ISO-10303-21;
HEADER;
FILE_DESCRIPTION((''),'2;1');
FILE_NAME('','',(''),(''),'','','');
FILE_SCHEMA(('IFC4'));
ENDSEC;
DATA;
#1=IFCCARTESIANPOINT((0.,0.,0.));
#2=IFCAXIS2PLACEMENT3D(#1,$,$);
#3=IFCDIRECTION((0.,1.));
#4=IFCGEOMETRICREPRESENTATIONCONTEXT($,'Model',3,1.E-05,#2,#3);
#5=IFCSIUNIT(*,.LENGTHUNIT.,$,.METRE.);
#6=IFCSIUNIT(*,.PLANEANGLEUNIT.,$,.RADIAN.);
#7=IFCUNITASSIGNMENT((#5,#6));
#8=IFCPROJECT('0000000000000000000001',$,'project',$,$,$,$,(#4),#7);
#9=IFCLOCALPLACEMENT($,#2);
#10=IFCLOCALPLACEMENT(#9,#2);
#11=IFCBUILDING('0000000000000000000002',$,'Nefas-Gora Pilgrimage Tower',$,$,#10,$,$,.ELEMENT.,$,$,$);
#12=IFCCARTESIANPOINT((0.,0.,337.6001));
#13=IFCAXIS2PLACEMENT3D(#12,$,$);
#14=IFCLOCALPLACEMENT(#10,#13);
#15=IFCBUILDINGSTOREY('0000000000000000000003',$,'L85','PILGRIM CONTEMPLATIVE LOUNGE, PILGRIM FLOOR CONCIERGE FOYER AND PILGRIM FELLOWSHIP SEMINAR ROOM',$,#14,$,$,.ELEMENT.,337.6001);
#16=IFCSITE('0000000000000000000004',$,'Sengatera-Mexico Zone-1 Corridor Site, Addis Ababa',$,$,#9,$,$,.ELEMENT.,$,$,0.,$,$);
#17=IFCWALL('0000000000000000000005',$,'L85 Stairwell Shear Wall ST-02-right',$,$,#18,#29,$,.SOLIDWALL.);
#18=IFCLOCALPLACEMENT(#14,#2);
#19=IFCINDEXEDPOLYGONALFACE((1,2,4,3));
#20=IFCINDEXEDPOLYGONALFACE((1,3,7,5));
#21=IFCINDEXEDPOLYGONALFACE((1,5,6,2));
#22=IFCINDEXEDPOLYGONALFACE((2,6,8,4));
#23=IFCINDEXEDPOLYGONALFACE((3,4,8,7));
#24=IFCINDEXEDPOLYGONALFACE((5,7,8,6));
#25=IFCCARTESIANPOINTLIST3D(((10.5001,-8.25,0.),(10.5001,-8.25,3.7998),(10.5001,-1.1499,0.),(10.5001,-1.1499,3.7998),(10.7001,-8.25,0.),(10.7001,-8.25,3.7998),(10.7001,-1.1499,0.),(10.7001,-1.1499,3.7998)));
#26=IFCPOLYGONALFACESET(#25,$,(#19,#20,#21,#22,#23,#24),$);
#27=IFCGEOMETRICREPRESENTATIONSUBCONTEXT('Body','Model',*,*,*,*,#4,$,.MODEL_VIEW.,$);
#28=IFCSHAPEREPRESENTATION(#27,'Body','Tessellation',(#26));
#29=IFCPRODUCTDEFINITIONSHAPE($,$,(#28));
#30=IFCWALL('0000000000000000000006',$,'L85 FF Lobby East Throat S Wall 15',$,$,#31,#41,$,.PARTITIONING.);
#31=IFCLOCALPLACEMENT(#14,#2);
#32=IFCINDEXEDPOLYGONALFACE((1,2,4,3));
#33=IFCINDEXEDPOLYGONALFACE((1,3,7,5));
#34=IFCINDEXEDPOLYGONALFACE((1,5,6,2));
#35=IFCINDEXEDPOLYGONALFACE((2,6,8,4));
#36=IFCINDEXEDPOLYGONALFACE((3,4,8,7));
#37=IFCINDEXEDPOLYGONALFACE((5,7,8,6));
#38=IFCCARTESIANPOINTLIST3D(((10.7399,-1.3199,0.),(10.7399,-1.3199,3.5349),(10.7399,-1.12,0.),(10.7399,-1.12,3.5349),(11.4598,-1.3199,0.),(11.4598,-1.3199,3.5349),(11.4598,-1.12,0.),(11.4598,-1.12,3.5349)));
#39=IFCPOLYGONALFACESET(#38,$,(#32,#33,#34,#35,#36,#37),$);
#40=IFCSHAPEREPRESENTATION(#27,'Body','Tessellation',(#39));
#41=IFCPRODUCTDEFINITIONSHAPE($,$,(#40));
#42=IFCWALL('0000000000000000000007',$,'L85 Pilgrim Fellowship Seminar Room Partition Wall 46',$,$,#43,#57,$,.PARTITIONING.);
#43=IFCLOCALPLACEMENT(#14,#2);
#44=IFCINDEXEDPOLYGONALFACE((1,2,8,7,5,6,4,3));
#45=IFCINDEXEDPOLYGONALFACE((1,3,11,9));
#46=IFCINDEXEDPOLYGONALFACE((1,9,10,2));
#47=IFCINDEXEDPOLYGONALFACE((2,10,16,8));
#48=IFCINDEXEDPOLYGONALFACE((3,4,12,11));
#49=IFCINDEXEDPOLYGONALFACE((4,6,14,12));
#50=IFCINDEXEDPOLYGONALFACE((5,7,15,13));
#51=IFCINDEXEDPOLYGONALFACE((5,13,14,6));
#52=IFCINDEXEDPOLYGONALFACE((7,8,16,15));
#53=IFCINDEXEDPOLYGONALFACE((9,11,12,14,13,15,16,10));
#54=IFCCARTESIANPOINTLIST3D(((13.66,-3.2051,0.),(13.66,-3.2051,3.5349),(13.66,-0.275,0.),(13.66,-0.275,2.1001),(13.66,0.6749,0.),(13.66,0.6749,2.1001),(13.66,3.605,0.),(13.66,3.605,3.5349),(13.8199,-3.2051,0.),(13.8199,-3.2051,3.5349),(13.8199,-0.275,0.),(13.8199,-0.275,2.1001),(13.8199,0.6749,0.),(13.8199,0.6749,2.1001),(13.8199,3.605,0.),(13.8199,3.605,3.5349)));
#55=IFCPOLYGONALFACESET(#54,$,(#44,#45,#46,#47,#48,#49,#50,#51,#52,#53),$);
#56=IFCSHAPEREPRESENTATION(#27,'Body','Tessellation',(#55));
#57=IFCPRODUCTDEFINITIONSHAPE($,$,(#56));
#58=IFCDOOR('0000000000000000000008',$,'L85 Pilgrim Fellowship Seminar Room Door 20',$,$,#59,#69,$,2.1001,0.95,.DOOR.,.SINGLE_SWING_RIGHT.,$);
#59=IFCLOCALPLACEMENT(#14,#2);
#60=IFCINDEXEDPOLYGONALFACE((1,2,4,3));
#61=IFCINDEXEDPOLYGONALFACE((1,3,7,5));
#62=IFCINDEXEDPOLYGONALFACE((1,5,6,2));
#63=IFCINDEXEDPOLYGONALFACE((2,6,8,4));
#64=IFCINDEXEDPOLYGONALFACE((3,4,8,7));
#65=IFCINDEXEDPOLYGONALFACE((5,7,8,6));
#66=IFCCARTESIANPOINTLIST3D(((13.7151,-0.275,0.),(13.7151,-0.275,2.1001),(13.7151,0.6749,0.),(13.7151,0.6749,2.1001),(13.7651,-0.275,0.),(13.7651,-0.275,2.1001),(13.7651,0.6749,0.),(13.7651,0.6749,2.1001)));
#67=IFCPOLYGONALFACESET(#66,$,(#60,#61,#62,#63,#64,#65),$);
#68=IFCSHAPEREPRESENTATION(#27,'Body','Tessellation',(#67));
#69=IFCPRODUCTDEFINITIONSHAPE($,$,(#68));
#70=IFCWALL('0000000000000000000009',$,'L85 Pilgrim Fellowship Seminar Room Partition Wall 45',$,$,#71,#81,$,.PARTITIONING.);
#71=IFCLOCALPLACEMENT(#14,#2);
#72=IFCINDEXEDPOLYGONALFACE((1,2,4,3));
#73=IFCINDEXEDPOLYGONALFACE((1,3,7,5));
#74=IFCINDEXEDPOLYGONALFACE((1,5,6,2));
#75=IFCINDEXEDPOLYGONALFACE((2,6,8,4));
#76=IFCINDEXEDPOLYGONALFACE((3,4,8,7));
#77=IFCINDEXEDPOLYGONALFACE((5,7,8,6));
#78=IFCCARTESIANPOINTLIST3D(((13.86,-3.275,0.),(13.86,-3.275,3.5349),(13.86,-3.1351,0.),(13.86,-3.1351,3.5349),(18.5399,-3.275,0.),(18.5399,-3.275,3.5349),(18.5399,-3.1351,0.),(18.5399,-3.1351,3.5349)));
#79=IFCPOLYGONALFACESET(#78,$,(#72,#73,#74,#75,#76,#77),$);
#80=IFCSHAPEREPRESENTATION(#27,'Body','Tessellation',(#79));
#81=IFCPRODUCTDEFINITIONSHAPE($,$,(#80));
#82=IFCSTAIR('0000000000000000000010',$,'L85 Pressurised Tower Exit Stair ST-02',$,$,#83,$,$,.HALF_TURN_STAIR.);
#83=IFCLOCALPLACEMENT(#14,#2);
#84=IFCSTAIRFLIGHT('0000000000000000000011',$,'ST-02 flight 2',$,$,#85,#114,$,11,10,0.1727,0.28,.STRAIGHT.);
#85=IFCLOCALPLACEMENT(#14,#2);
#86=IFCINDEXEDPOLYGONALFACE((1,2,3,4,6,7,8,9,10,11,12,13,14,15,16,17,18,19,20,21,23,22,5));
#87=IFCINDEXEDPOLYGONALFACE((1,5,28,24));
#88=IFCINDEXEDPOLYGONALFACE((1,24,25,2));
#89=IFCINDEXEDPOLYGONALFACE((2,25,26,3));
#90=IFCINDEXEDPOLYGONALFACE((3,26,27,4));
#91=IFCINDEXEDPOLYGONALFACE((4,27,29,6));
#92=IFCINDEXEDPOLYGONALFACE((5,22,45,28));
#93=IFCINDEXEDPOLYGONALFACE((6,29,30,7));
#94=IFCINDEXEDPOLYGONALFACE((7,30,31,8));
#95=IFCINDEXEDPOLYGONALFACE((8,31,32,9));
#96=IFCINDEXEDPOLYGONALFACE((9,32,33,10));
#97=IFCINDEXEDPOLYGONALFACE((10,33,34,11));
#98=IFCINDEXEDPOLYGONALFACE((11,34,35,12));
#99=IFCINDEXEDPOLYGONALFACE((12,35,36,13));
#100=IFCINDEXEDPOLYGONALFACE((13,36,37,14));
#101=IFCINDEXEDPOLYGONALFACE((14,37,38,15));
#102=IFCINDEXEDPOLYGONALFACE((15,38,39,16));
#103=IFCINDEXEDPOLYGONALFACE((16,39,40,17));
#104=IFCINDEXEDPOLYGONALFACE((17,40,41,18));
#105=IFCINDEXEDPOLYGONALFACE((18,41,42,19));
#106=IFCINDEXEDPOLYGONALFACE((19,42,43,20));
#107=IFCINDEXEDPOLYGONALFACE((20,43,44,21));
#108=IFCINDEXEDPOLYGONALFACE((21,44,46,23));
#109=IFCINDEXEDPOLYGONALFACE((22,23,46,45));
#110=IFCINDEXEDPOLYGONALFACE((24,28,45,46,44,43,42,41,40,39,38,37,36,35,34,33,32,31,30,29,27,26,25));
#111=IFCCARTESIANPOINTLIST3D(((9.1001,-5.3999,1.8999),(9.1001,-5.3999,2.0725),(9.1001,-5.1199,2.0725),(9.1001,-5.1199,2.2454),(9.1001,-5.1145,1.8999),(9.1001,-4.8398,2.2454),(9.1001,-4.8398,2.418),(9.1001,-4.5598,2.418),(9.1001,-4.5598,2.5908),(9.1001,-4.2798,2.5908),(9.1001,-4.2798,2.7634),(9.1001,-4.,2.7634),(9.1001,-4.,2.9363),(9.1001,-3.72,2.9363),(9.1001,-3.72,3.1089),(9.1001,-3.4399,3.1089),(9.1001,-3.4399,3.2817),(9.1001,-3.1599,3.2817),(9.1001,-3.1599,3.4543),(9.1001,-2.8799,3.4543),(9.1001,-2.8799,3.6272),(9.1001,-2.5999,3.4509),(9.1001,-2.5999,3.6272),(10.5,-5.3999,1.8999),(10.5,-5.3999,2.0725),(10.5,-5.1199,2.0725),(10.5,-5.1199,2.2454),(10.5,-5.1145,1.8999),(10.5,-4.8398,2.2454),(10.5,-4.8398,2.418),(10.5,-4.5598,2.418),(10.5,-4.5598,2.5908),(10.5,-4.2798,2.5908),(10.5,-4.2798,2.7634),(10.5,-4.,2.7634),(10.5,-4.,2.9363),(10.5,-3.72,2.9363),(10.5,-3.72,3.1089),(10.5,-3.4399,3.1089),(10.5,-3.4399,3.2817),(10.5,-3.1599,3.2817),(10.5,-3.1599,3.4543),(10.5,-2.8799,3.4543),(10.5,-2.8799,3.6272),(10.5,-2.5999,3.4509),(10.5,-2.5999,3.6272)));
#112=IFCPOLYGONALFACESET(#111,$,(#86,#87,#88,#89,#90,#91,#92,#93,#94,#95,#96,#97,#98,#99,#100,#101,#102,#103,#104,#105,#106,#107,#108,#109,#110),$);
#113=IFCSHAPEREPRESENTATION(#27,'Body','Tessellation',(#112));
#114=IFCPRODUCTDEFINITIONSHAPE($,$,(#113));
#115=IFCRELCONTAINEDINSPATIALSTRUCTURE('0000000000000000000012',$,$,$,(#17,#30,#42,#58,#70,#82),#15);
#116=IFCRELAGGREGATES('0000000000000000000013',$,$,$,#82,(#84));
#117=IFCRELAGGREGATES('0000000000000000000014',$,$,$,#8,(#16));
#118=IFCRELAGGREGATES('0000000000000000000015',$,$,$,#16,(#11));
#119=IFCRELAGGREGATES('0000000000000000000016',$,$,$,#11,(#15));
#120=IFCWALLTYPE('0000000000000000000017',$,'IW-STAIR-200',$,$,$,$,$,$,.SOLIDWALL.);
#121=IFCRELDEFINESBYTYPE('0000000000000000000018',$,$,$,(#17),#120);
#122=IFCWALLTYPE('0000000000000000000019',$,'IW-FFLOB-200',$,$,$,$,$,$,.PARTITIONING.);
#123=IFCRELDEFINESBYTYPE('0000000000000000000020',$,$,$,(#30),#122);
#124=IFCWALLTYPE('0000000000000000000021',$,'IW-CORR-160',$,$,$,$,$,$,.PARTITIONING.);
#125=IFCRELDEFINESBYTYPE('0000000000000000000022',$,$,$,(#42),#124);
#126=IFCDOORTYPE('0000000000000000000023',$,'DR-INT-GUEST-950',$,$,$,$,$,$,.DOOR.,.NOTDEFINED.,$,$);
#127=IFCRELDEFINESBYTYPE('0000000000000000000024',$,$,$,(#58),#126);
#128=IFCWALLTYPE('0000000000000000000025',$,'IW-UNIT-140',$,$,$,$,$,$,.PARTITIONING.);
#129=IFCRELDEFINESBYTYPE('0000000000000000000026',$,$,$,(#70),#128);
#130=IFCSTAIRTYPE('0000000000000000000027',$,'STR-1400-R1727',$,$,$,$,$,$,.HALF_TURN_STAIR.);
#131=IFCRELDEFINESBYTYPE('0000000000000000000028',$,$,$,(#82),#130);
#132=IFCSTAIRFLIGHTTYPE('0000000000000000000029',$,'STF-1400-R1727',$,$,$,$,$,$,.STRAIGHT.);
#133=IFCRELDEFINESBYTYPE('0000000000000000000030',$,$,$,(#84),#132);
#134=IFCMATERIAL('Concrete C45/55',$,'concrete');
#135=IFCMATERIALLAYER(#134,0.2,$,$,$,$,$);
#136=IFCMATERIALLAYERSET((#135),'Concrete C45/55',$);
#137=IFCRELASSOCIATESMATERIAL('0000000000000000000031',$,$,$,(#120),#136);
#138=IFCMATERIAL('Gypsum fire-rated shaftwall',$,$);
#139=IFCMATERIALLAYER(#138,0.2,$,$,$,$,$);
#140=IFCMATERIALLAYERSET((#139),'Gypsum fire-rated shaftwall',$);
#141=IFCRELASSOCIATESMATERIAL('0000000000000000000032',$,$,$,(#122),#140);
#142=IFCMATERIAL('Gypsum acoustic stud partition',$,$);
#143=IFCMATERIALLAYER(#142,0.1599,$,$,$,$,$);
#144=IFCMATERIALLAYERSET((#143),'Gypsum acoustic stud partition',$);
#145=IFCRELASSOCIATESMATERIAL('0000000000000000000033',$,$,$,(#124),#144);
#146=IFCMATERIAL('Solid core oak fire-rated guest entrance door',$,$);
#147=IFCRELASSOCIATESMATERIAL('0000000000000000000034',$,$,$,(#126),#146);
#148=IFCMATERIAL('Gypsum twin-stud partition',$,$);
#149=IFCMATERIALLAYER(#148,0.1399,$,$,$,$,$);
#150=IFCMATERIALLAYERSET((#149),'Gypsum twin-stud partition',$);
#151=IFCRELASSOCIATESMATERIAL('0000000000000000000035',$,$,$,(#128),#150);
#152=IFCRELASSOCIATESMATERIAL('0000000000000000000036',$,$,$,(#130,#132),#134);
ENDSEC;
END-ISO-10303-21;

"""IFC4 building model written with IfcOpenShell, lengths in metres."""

from ifc_helpers import new_model, si_unit, direction, frame, frame_2d, origin, place, context, subcontext, project, spatial, polyline, rectangle, outline, extrude, source, transform, mapped, material, layer, layer_set, type_object, element, fill, aggregate, save


model = new_model("IFC4")

# Units and contexts
model_context = context("Model", 3, precision=1e-05, world=origin(), true_north=direction((0.0, 1.0)))
body_context = subcontext(model_context, "Body", "Model", "MODEL_VIEW")
ifc_project = project(units=[si_unit("LENGTHUNIT", "METRE"), si_unit("PLANEANGLEUNIT", "RADIAN")], contexts=[model_context])

# Site, building, storey
site_placement = place(None, origin())
site = spatial("IfcSite", under=ifc_project, at=site_placement, Name="Sengatera-Mexico Zone-1 Corridor Site, Addis Ababa", CompositionType="ELEMENT", RefElevation=0.0)
building_placement = place(site_placement, origin())
building = spatial("IfcBuilding", under=site, at=building_placement, Name="Nefas-Gora Pilgrimage Tower", CompositionType="ELEMENT")
storey_placement = place(building_placement, frame((0.0, 0.0, 337.6001)))
storey = spatial("IfcBuildingStorey", under=building, at=storey_placement, Name="L85", Description="PILGRIM CONTEMPLATIVE LOUNGE, PILGRIM FLOOR CONCIERGE FOYER AND PILGRIM FELLOWSHIP SEMINAR ROOM", CompositionType="ELEMENT", Elevation=337.6001)

# Walls
ifc_material_1 = material(Name="Concrete C45/55", Category="concrete")
ifc_layer_1 = layer(ifc_material_1, 0.2)
ifc_layer_set_1 = layer_set([ifc_layer_1], Name="Concrete C45/55")
wall_type_1 = type_object("IfcWallType", Name="IW-STAIR-200", PredefinedType="SOLIDWALL", material=ifc_layer_set_1)
shared_shape_1 = source(origin(), body_context, "Body", "SweptSolid", [
    extrude(rectangle(XDim=7.1001, YDim=0.2, at=frame_2d((3.55, 0.0))), origin(), (0.0, 0.0, 1.0), 3.7998),
])
wall_1_placement = place(storey_placement, frame((10.6001, -1.1499, 0.0), z_axis=(0.0, 0.0, 1.0), x_axis=(0.0, -1.0, 0.0)))
element("IfcWall", 1, at=wall_1_placement, inside=storey, type_object=wall_type_1, Name="L85 Stairwell Shear Wall ST-02-right", PredefinedType="SOLIDWALL", context=body_context, shape_type="MappedRepresentation", body=[
    mapped(shared_shape_1, transform((0.0, 0.0, 0.0), x_axis=(1.0, 0.0, 0.0), y_axis=(0.0, 1.0, 0.0), z_axis=(0.0, 0.0, 1.0), scale=1.0)),
])
ifc_material_2 = material(Name="Gypsum fire-rated shaftwall")
ifc_layer_2 = layer(ifc_material_2, 0.2)
ifc_layer_set_2 = layer_set([ifc_layer_2], Name="Gypsum fire-rated shaftwall")
wall_type_2 = type_object("IfcWallType", Name="IW-FFLOB-200", PredefinedType="PARTITIONING", material=ifc_layer_set_2)
shared_shape_2 = source(origin(), body_context, "Body", "SweptSolid", [
    extrude(rectangle(XDim=0.72, YDim=0.2, at=frame_2d((0.3599, 0.0))), origin(), (0.0, 0.0, 1.0), 3.5349),
])
wall_2_placement = place(storey_placement, frame((10.74, -1.22, 0.0), z_axis=(0.0, 0.0, 1.0), x_axis=(1.0, 0.0, 0.0)))
element("IfcWall", 2, at=wall_2_placement, inside=storey, type_object=wall_type_2, Name="L85 FF Lobby East Throat S Wall 15", PredefinedType="PARTITIONING", context=body_context, shape_type="MappedRepresentation", body=[
    mapped(shared_shape_2, transform((0.0, 0.0, 0.0), x_axis=(1.0, 0.0, 0.0), y_axis=(0.0, 1.0, 0.0), z_axis=(0.0, 0.0, 1.0), scale=1.0)),
])

# Wall, opening, door
ifc_material_3 = material(Name="Gypsum acoustic stud partition")
ifc_layer_3 = layer(ifc_material_3, 0.1599)
ifc_layer_set_3 = layer_set([ifc_layer_3], Name="Gypsum acoustic stud partition")
wall_type_3 = type_object("IfcWallType", Name="IW-CORR-160", PredefinedType="PARTITIONING", material=ifc_layer_set_3)
shared_shape_3 = source(origin(), body_context, "Body", "SweptSolid", [
    extrude(rectangle(XDim=6.8101, YDim=0.1599, at=frame_2d((3.405, 0.0))), origin(), (0.0, 0.0, 1.0), 3.5349),
])
wall_3_placement = place(storey_placement, frame((13.74, -3.2051, 0.0), z_axis=(0.0, 0.0, 1.0), x_axis=(0.0, 1.0, 0.0)))
wall_3 = element("IfcWall", 3, at=wall_3_placement, inside=storey, type_object=wall_type_3, Name="L85 Pilgrim Fellowship Seminar Room Partition Wall 46", PredefinedType="PARTITIONING", context=body_context, shape_type="MappedRepresentation", body=[
    mapped(shared_shape_3, transform((0.0, 0.0, 0.0), x_axis=(1.0, 0.0, 0.0), y_axis=(0.0, 1.0, 0.0), z_axis=(0.0, 0.0, 1.0), scale=1.0)),
])
opening_1_placement = place(wall_3_placement, frame((2.9299, 0.0, 0.0)))
opening_1 = element("IfcOpeningElement", 4, at=opening_1_placement, cuts=wall_3, PredefinedType="OPENING", context=body_context, shape_type="SweptSolid", body=[
    extrude(rectangle(XDim=0.95, YDim=2.1001, at=frame_2d((0.4751, 1.05))), frame((0.0, 0.0898, 0.0), z_axis=(0.0, -1.0, 0.0), x_axis=(1.0, 0.0, 0.0)), (0.0, 0.0, 1.0), 0.1799),
])
ifc_material_4 = material(Name="Solid core oak fire-rated guest entrance door")
door_type_1 = type_object("IfcDoorType", Name="DR-INT-GUEST-950", OperationType="NOTDEFINED", PredefinedType="DOOR", material=ifc_material_4)
shared_shape_4 = source(origin(), body_context, "Body", "SweptSolid", [
    extrude(rectangle(XDim=0.95, YDim=2.1001, at=frame_2d((0.4751, 1.05))), frame((0.0, 0.0249, 0.0), z_axis=(0.0, -1.0, 0.0), x_axis=(1.0, 0.0, 0.0)), (0.0, 0.0, 1.0), 0.05),
])
door_1_placement = place(opening_1_placement, origin())
door_1 = element("IfcDoor", 5, at=door_1_placement, inside=storey, type_object=door_type_1, Name="L85 Pilgrim Fellowship Seminar Room Door 20", OperationType="SINGLE_SWING_RIGHT", OverallHeight=2.1001, OverallWidth=0.95, PredefinedType="DOOR", context=body_context, shape_type="MappedRepresentation", body=[
    mapped(shared_shape_4, transform((0.0, 0.0, 0.0), x_axis=(1.0, 0.0, 0.0), y_axis=(0.0, 1.0, 0.0), z_axis=(0.0, 0.0, 1.0), scale=1.0)),
])
fill(opening_1, door_1)

# Wall
ifc_material_5 = material(Name="Gypsum twin-stud partition")
ifc_layer_4 = layer(ifc_material_5, 0.1399)
ifc_layer_set_4 = layer_set([ifc_layer_4], Name="Gypsum twin-stud partition")
wall_type_4 = type_object("IfcWallType", Name="IW-UNIT-140", PredefinedType="PARTITIONING", material=ifc_layer_set_4)
shared_shape_5 = source(origin(), body_context, "Body", "SweptSolid", [
    extrude(rectangle(XDim=4.6799, YDim=0.1399, at=frame_2d((2.3398, 0.0))), origin(), (0.0, 0.0, 1.0), 3.5349),
])
wall_4_placement = place(storey_placement, frame((13.8601, -3.2051, 0.0), z_axis=(0.0, 0.0, 1.0), x_axis=(1.0, 0.0, 0.0)))
element("IfcWall", 6, at=wall_4_placement, inside=storey, type_object=wall_type_4, Name="L85 Pilgrim Fellowship Seminar Room Partition Wall 45", PredefinedType="PARTITIONING", context=body_context, shape_type="MappedRepresentation", body=[
    mapped(shared_shape_5, transform((0.0, 0.0, 0.0), x_axis=(1.0, 0.0, 0.0), y_axis=(0.0, 1.0, 0.0), z_axis=(0.0, 0.0, 1.0), scale=1.0)),
])

# Stair, stair flight
stair_type = type_object("IfcStairType", Name="STR-1400-R1727", PredefinedType="HALF_TURN_STAIR", material=ifc_material_1)
stair_placement = place(storey_placement, origin())
stair = element("IfcStair", 7, at=stair_placement, inside=storey, type_object=stair_type, Name="L85 Pressurised Tower Exit Stair ST-02", PredefinedType="HALF_TURN_STAIR")
stair_flight_type = type_object("IfcStairFlightType", Name="STF-1400-R1727", PredefinedType="STRAIGHT", material=ifc_material_1)
shared_shape_6 = source(origin(), body_context, "Body", "SweptSolid", [
    extrude(outline(polyline([(0.0, 0.0), (0.0, 0.1726), (0.28, 0.1726), (0.28, 0.3455), (0.5601, 0.3455), (0.5601, 0.5181), (0.8401, 0.5181), (0.8401, 0.6909), (1.1201, 0.6909), (1.1201, 0.8635), (1.3999, 0.8635), (1.3999, 1.0364), (1.6799, 1.0364), (1.6799, 1.209), (1.96, 1.209), (1.96, 1.3818), (2.24, 1.3818), (2.24, 1.5544), (2.52, 1.5544), (2.52, 1.7273), (2.8, 1.7273), (2.8, 1.8999), (2.8, 1.551), (0.2854, 0.0), (0.0, 0.0)])), frame((0.0, 0.7, 0.0), z_axis=(0.0, -1.0, 0.0), x_axis=(1.0, 0.0, 0.0)), (0.0, 0.0, 1.0), 1.3999),
])
stair_flight_placement = place(storey_placement, frame((9.8, -5.3999, 1.8999), z_axis=(0.0, 0.0, 1.0), x_axis=(0.0, 1.0, 0.0)))
stair_flight = element("IfcStairFlight", 8, at=stair_flight_placement, type_object=stair_flight_type, Name="ST-02 flight 2", NumberOfRisers=11, NumberOfTreads=10, PredefinedType="STRAIGHT", RiserHeight=0.1727, TreadLength=0.28, context=body_context, shape_type="MappedRepresentation", body=[
    mapped(shared_shape_6, transform((0.0, 0.0, 0.0), x_axis=(1.0, 0.0, 0.0), y_axis=(0.0, 1.0, 0.0), z_axis=(0.0, 0.0, 1.0), scale=1.0)),
])
aggregate(stair, [stair_flight])

save(model, "model.ifc")
